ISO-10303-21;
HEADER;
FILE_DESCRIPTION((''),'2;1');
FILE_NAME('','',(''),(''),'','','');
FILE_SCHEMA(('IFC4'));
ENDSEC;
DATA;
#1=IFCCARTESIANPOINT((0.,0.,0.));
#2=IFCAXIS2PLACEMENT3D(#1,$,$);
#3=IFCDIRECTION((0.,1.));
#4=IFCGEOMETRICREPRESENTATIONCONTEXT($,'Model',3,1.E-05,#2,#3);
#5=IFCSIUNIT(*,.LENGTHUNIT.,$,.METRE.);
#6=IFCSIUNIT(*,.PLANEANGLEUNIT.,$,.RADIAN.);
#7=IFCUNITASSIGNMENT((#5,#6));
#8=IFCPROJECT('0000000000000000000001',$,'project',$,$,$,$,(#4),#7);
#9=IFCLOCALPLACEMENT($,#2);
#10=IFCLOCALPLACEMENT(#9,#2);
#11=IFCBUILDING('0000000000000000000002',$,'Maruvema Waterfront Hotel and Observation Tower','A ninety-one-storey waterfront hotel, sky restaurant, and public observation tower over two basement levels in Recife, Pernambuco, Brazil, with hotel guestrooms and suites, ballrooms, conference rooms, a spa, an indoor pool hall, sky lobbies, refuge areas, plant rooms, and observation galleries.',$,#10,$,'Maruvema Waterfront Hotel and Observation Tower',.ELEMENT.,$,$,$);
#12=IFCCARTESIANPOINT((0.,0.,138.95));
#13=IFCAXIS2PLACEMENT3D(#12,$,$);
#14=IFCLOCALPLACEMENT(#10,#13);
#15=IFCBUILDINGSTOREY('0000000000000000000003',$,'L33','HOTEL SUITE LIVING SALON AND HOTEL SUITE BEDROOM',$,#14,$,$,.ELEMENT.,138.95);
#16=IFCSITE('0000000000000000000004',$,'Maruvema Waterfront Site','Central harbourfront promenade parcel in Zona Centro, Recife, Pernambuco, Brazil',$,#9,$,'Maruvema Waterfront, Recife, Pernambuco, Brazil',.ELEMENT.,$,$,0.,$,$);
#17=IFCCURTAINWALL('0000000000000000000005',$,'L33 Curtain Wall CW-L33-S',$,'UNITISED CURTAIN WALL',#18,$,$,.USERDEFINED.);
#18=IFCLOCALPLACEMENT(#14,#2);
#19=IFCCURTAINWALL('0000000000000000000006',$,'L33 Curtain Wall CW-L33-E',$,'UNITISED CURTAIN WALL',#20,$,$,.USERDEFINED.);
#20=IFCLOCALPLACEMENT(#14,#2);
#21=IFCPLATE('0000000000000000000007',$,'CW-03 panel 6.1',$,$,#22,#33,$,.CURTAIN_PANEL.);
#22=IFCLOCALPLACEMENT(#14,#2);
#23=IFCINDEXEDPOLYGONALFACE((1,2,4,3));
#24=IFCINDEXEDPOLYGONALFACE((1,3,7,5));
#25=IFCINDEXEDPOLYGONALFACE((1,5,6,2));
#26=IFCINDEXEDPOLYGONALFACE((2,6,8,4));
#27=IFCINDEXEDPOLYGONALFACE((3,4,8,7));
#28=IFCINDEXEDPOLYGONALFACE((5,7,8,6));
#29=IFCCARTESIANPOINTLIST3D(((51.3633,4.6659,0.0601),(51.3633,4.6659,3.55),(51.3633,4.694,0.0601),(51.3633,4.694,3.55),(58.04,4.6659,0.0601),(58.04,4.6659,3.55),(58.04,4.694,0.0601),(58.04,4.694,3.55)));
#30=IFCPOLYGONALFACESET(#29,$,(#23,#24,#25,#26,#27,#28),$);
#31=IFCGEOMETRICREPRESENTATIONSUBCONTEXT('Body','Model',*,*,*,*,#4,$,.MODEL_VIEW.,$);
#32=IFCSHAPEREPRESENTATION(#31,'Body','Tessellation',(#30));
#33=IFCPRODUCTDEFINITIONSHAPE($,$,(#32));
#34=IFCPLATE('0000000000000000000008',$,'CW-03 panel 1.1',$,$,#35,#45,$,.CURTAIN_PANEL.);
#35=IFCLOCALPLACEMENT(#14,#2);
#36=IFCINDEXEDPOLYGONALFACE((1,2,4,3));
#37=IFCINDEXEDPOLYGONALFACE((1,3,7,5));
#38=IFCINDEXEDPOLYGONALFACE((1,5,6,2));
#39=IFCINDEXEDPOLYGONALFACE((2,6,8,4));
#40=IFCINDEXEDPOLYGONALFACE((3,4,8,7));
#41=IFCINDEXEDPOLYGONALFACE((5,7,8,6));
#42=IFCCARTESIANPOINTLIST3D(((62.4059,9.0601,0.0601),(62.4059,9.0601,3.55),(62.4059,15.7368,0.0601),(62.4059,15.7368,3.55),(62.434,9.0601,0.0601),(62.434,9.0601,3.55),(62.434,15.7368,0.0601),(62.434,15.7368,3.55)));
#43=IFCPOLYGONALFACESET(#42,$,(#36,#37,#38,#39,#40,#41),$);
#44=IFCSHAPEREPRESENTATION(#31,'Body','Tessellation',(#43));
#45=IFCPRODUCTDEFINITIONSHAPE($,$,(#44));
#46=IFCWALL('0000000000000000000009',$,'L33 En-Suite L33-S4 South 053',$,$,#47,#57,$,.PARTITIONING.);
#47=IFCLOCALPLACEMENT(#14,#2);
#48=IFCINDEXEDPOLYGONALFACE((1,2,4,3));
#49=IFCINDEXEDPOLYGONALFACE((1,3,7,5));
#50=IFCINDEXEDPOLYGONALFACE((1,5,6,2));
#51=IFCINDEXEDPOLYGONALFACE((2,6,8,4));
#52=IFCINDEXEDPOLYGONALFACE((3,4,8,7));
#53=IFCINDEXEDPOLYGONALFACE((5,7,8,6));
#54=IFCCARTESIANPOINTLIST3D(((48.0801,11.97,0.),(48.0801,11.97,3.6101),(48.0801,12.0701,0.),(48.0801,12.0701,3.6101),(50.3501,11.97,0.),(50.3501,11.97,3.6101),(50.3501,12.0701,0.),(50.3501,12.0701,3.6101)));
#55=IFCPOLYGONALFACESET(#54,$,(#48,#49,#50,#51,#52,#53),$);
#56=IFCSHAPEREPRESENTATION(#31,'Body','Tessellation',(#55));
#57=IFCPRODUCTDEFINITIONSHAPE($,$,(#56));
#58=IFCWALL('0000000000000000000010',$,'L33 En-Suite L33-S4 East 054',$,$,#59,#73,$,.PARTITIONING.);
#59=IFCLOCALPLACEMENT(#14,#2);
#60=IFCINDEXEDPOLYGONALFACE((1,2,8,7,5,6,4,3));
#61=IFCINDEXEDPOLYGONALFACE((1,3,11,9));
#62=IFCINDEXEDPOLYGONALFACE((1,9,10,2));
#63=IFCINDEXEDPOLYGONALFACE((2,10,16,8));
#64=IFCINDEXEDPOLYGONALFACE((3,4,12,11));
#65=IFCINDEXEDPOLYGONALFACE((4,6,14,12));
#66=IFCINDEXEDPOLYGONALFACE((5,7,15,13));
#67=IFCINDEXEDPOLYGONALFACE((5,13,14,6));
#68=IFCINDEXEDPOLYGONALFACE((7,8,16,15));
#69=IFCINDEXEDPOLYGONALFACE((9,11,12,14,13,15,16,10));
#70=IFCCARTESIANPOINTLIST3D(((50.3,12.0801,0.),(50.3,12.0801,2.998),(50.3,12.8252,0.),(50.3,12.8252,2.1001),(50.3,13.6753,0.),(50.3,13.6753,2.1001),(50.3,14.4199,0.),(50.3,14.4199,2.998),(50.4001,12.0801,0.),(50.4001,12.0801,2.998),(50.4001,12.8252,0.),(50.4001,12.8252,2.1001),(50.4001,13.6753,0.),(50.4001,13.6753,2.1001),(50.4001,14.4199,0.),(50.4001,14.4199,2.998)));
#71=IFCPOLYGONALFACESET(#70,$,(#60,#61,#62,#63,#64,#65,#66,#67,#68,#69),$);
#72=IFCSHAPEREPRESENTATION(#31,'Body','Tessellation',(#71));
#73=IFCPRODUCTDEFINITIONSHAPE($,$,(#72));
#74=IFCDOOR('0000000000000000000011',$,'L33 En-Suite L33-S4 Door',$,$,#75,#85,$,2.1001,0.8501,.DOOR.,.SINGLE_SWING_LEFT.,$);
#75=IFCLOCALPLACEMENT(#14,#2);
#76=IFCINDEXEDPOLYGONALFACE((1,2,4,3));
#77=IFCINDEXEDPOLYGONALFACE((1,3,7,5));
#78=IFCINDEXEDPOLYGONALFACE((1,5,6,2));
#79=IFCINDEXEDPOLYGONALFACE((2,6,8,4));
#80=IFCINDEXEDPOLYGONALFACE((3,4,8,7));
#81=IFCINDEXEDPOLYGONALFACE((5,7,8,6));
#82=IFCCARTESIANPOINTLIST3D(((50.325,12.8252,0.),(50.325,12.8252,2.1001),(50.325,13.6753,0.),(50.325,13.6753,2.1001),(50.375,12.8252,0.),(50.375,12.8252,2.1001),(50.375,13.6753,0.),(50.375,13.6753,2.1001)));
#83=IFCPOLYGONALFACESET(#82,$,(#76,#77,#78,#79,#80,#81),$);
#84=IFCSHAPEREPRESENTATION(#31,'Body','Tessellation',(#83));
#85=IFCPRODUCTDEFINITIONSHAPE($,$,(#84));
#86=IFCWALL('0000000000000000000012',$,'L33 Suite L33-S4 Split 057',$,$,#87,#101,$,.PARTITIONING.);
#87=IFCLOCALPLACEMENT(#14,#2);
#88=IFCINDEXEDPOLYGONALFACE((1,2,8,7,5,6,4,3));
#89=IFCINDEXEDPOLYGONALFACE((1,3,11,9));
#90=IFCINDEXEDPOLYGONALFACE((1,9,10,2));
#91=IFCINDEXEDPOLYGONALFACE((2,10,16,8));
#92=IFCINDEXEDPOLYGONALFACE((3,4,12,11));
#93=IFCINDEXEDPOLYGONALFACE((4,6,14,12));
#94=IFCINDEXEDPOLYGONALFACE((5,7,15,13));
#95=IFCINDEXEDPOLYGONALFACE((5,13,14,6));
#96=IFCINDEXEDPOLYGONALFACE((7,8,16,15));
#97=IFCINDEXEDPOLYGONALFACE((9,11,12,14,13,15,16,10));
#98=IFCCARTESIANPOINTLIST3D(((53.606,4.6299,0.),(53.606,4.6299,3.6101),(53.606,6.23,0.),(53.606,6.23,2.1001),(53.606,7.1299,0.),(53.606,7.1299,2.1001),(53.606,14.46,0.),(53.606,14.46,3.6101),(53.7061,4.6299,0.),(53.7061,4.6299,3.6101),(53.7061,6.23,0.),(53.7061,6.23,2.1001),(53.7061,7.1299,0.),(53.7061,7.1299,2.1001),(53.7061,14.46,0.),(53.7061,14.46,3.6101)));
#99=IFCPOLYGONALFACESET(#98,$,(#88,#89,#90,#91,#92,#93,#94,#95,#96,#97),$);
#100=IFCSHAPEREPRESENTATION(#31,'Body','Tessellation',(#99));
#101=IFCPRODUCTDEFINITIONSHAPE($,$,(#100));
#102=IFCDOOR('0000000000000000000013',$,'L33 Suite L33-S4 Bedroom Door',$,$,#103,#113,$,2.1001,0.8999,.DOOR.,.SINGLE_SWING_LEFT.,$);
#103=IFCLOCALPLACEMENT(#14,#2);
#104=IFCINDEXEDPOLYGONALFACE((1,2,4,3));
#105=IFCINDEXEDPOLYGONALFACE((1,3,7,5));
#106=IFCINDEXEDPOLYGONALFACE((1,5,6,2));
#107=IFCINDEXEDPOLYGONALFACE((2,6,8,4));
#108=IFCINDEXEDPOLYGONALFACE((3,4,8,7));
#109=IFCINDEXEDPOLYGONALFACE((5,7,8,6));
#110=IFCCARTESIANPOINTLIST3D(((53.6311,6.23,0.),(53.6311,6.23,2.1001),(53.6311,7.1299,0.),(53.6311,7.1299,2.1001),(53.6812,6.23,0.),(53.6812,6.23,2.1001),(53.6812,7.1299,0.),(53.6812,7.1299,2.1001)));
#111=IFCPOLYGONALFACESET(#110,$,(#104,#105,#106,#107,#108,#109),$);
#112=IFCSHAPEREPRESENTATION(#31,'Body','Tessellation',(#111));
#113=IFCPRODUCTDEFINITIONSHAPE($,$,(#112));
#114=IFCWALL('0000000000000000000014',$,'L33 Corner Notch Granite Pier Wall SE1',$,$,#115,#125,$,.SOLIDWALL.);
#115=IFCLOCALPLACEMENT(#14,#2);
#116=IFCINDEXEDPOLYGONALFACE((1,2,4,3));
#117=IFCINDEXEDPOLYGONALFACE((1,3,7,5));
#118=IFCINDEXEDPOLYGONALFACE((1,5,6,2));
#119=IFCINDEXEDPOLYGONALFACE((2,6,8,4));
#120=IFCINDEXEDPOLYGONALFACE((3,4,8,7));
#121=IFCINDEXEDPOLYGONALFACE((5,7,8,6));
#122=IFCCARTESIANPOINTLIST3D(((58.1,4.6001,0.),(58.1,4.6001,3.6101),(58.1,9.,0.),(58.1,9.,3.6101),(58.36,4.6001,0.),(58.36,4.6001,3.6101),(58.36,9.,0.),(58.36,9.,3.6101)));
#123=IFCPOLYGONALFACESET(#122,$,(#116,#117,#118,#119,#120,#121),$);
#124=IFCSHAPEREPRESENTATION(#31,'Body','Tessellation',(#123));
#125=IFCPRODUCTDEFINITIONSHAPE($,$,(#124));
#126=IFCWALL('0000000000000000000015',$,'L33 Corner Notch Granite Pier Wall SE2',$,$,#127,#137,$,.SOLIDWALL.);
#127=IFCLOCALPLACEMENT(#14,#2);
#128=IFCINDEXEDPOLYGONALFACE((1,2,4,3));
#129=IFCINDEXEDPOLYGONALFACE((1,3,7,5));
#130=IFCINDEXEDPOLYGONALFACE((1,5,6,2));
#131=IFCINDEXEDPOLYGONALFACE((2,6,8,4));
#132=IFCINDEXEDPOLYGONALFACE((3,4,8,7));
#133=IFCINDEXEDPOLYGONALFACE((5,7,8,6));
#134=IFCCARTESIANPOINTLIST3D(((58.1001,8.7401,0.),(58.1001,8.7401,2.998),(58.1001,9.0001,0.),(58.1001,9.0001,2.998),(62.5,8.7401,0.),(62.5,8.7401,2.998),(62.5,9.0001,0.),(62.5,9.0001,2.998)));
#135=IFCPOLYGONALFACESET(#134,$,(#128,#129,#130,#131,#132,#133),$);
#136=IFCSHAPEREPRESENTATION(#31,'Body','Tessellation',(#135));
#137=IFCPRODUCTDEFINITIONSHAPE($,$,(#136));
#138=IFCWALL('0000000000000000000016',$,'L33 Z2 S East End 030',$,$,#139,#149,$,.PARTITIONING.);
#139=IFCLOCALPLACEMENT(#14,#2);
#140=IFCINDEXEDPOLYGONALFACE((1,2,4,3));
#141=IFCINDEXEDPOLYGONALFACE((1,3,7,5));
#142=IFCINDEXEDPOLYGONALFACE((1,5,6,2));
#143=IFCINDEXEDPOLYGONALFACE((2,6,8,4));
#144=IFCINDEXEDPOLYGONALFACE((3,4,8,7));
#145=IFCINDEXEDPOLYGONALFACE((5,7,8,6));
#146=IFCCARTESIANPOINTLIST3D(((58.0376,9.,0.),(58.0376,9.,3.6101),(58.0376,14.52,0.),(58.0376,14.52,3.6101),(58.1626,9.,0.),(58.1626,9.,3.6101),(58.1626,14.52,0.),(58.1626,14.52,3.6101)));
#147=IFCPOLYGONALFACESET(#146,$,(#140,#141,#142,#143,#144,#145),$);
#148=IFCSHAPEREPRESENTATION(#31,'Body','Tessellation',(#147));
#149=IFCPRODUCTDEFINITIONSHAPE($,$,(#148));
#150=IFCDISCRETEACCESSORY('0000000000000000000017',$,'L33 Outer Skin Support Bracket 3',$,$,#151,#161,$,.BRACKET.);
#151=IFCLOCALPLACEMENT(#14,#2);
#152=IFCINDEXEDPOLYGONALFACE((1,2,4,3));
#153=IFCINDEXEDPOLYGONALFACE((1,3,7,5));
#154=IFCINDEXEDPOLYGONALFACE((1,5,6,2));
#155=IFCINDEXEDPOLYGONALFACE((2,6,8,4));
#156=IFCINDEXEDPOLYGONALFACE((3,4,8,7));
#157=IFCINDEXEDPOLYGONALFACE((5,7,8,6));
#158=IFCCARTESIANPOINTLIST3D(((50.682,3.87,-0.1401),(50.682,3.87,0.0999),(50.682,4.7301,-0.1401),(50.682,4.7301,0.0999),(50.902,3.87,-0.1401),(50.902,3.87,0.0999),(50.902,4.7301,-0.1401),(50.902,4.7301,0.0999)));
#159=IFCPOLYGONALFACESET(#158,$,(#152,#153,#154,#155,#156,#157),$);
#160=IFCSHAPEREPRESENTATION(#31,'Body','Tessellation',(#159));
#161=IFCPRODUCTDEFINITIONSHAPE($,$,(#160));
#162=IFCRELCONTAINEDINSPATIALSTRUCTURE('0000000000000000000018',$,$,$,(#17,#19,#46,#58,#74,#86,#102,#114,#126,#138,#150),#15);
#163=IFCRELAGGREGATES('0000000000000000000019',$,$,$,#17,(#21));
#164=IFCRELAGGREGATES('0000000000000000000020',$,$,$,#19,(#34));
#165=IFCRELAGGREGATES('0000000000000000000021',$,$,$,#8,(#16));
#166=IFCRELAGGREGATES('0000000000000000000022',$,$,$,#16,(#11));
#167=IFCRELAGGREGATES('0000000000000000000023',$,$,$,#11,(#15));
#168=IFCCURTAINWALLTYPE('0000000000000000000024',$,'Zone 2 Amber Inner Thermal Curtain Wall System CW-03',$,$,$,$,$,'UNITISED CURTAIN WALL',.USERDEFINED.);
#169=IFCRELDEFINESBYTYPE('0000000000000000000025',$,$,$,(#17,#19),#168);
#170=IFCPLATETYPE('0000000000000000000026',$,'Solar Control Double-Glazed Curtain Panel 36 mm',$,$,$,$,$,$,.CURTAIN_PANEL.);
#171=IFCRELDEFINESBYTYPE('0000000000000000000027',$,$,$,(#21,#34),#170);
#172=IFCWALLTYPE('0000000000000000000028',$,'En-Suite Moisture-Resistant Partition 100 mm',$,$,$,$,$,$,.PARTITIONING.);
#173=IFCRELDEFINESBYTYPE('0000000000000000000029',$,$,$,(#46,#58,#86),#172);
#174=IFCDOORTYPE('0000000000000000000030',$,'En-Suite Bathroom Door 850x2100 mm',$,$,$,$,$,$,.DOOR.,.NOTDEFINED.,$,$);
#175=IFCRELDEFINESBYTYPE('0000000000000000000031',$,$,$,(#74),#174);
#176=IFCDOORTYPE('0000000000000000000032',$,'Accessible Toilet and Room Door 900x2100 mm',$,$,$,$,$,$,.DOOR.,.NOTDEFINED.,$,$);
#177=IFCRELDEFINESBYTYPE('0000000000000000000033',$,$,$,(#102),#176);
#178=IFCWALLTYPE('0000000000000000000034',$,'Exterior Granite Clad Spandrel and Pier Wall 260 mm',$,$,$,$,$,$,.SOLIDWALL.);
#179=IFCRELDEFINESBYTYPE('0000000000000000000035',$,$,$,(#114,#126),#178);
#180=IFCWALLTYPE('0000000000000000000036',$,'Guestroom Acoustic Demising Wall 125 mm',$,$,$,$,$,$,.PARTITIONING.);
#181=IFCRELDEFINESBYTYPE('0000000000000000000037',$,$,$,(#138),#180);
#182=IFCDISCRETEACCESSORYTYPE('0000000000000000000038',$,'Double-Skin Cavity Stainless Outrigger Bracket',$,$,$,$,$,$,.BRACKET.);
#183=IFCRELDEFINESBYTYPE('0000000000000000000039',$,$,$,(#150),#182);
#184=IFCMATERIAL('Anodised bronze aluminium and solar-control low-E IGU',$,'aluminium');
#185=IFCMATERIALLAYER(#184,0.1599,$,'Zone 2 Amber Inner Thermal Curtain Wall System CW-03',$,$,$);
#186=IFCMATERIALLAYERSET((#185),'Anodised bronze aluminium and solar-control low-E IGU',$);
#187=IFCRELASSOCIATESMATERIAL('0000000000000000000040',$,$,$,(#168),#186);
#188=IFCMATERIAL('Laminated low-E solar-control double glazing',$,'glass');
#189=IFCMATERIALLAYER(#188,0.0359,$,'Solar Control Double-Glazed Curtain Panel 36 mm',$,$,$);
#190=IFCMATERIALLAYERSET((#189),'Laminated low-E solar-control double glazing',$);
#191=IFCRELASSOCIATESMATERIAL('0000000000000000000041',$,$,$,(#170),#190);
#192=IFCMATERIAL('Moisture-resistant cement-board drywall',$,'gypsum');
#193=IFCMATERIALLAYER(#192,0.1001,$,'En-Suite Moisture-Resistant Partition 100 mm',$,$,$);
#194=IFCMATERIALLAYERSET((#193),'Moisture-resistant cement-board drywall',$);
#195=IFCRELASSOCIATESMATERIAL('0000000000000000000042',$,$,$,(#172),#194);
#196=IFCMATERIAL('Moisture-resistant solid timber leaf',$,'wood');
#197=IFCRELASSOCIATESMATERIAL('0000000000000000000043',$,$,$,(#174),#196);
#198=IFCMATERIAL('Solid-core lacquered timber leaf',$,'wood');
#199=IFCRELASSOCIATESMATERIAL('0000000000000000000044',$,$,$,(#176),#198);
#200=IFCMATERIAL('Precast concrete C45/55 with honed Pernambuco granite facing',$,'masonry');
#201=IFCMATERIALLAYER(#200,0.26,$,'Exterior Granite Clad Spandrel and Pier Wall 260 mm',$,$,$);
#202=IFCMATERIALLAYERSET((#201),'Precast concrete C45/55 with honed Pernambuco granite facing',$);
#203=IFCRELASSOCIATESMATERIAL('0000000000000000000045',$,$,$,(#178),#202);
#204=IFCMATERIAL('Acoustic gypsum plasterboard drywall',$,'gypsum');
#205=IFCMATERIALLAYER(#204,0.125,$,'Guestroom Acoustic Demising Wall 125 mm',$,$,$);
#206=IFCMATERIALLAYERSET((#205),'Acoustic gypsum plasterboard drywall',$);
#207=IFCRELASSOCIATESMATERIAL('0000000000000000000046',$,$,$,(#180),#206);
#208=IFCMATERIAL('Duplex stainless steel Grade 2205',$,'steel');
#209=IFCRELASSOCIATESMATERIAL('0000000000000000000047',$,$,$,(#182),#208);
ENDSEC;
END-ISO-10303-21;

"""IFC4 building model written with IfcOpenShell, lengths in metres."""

from ifc_helpers import new_model, si_unit, direction, frame, frame_2d, origin, origin_2d, place, context, subcontext, project, spatial, rectangle, extrude, material, layer, layer_set, type_object, element, fill, aggregate, save


model = new_model("IFC4")

# Units and contexts
model_context = context("Model", 3, precision=1e-05, world=origin(), true_north=direction((0.0, 1.0)))
body_context = subcontext(model_context, "Body", "Model", "MODEL_VIEW")
ifc_project = project(units=[si_unit("LENGTHUNIT", "METRE"), si_unit("PLANEANGLEUNIT", "RADIAN")], contexts=[model_context])

# Site, building, storey
site_placement = place(None, origin())
site = spatial("IfcSite", under=ifc_project, at=site_placement, Name="Maruvema Waterfront Site", Description="Central harbourfront promenade parcel in Zona Centro, Recife, Pernambuco, Brazil", LongName="Maruvema Waterfront, Recife, Pernambuco, Brazil", CompositionType="ELEMENT", RefElevation=0.0)
building_placement = place(site_placement, origin())
building = spatial("IfcBuilding", under=site, at=building_placement, Name="Maruvema Waterfront Hotel and Observation Tower", Description="A ninety-one-storey waterfront hotel, sky restaurant, and public observation tower over two basement levels in Recife, Pernambuco, Brazil, with hotel guestrooms and suites, ballrooms, conference rooms, a spa, an indoor pool hall, sky lobbies, refuge areas, plant rooms, and observation galleries.", LongName="Maruvema Waterfront Hotel and Observation Tower", CompositionType="ELEMENT")
storey_placement = place(building_placement, frame((0.0, 0.0, 138.95)))
storey = spatial("IfcBuildingStorey", under=building, at=storey_placement, Name="L33", Description="HOTEL SUITE LIVING SALON AND HOTEL SUITE BEDROOM", CompositionType="ELEMENT", Elevation=138.95)

# Curtain walls
ifc_material_1 = material(Name="Anodised bronze aluminium and solar-control low-E IGU", Category="aluminium")
ifc_layer_1 = layer(ifc_material_1, 0.1599, Name="Zone 2 Amber Inner Thermal Curtain Wall System CW-03")
ifc_layer_set_1 = layer_set([ifc_layer_1], Name="Anodised bronze aluminium and solar-control low-E IGU")
curtain_wall_type = type_object("IfcCurtainWallType", Name="Zone 2 Amber Inner Thermal Curtain Wall System CW-03", ElementType="UNITISED CURTAIN WALL", PredefinedType="USERDEFINED", material=ifc_layer_set_1)
curtain_wall_1_placement = place(storey_placement, origin())
curtain_wall_1 = element("IfcCurtainWall", 1, at=curtain_wall_1_placement, inside=storey, type_object=curtain_wall_type, Name="L33 Curtain Wall CW-L33-S", ObjectType="UNITISED CURTAIN WALL", PredefinedType="USERDEFINED")
curtain_wall_2_placement = place(storey_placement, origin())
curtain_wall_2 = element("IfcCurtainWall", 2, at=curtain_wall_2_placement, inside=storey, type_object=curtain_wall_type, Name="L33 Curtain Wall CW-L33-E", ObjectType="UNITISED CURTAIN WALL", PredefinedType="USERDEFINED")

# Plates
ifc_material_2 = material(Name="Laminated low-E solar-control double glazing", Category="glass")
ifc_layer_2 = layer(ifc_material_2, 0.0359, Name="Solar Control Double-Glazed Curtain Panel 36 mm")
ifc_layer_set_2 = layer_set([ifc_layer_2], Name="Laminated low-E solar-control double glazing")
plate_type = type_object("IfcPlateType", Name="Solar Control Double-Glazed Curtain Panel 36 mm", PredefinedType="CURTAIN_PANEL", material=ifc_layer_set_2)
plate_1_placement = place(storey_placement, frame((54.7017, 4.6799, 0.0601), z_axis=(0.0, 0.0, 1.0), x_axis=(1.0, 0.0, 0.0)))
plate_1 = element("IfcPlate", 3, at=plate_1_placement, type_object=plate_type, Name="CW-03 panel 6.1", PredefinedType="CURTAIN_PANEL", context=body_context, shape_type="SweptSolid", body=[
    extrude(rectangle(XDim=6.6768, YDim=0.0281, at=origin_2d()), origin(), (0.0, 0.0, 1.0), 3.49),
])
aggregate(curtain_wall_1, [plate_1])
plate_2_placement = place(storey_placement, frame((62.4199, 12.3984, 0.0601), z_axis=(0.0, 0.0, 1.0), x_axis=(0.0, 1.0, 0.0)))
plate_2 = element("IfcPlate", 4, at=plate_2_placement, type_object=plate_type, Name="CW-03 panel 1.1", PredefinedType="CURTAIN_PANEL", context=body_context, shape_type="SweptSolid", body=[
    extrude(rectangle(XDim=6.6768, YDim=0.0281, at=origin_2d()), origin(), (0.0, 0.0, 1.0), 3.49),
])
aggregate(curtain_wall_2, [plate_2])

# Wall
ifc_material_3 = material(Name="Moisture-resistant cement-board drywall", Category="gypsum")
ifc_layer_3 = layer(ifc_material_3, 0.1001, Name="En-Suite Moisture-Resistant Partition 100 mm")
ifc_layer_set_3 = layer_set([ifc_layer_3], Name="Moisture-resistant cement-board drywall")
wall_type_1 = type_object("IfcWallType", Name="En-Suite Moisture-Resistant Partition 100 mm", PredefinedType="PARTITIONING", material=ifc_layer_set_3)
wall_1_placement = place(storey_placement, frame((48.0801, 12.02, 0.0), z_axis=(0.0, 0.0, 1.0), x_axis=(1.0, 0.0, 0.0)))
element("IfcWall", 5, at=wall_1_placement, inside=storey, type_object=wall_type_1, Name="L33 En-Suite L33-S4 South 053", PredefinedType="PARTITIONING", context=body_context, shape_type="SweptSolid", body=[
    extrude(rectangle(XDim=2.27, YDim=0.1001, at=frame_2d((1.135, 0.0))), origin(), (0.0, 0.0, 1.0), 3.6101),
])

# Walls, openings, doors
wall_2_placement = place(storey_placement, frame((50.3501, 12.0801, 0.0), z_axis=(0.0, 0.0, 1.0), x_axis=(0.0, 1.0, 0.0)))
wall_2 = element("IfcWall", 6, at=wall_2_placement, inside=storey, type_object=wall_type_1, Name="L33 En-Suite L33-S4 East 054", PredefinedType="PARTITIONING", context=body_context, shape_type="SweptSolid", body=[
    extrude(rectangle(XDim=2.3398, YDim=0.1001, at=frame_2d((1.1699, 0.0))), origin(), (0.0, 0.0, 1.0), 2.998),
])
opening_1_placement = place(wall_2_placement, frame((0.7451, 0.0, 0.0)))
opening_1 = element("IfcOpeningElement", 7, at=opening_1_placement, cuts=wall_2, PredefinedType="OPENING", context=body_context, shape_type="SweptSolid", body=[
    extrude(rectangle(XDim=0.8501, YDim=2.1001, at=frame_2d((0.425, 1.05))), frame((0.0, 0.0601, 0.0), z_axis=(0.0, -1.0, 0.0), x_axis=(1.0, 0.0, 0.0)), (0.0, 0.0, 1.0), 0.1201),
])
ifc_material_4 = material(Name="Moisture-resistant solid timber leaf", Category="wood")
door_type_1 = type_object("IfcDoorType", Name="En-Suite Bathroom Door 850x2100 mm", OperationType="NOTDEFINED", PredefinedType="DOOR", material=ifc_material_4)
door_1_placement = place(opening_1_placement, frame((0.8501, 0.0, 0.0), z_axis=(0.0, 0.0, 1.0), x_axis=(-1.0, 0.0, 0.0)))
door_1 = element("IfcDoor", 8, at=door_1_placement, inside=storey, type_object=door_type_1, Name="L33 En-Suite L33-S4 Door", OperationType="SINGLE_SWING_LEFT", OverallHeight=2.1001, OverallWidth=0.8501, PredefinedType="DOOR", context=body_context, shape_type="SweptSolid", body=[
    extrude(rectangle(XDim=0.8501, YDim=2.1001, at=frame_2d((0.425, 1.05))), frame((0.0, 0.0249, 0.0), z_axis=(0.0, -1.0, 0.0), x_axis=(1.0, 0.0, 0.0)), (0.0, 0.0, 1.0), 0.05),
])
fill(opening_1, door_1)
wall_3_placement = place(storey_placement, frame((53.656, 4.6299, 0.0), z_axis=(0.0, 0.0, 1.0), x_axis=(0.0, 1.0, 0.0)))
wall_3 = element("IfcWall", 9, at=wall_3_placement, inside=storey, type_object=wall_type_1, Name="L33 Suite L33-S4 Split 057", PredefinedType="PARTITIONING", context=body_context, shape_type="SweptSolid", body=[
    extrude(rectangle(XDim=9.8301, YDim=0.1001, at=frame_2d((4.915, 0.0))), origin(), (0.0, 0.0, 1.0), 3.6101),
])
opening_2_placement = place(wall_3_placement, frame((1.6001, 0.0, 0.0)))
opening_2 = element("IfcOpeningElement", 10, at=opening_2_placement, cuts=wall_3, PredefinedType="OPENING", context=body_context, shape_type="SweptSolid", body=[
    extrude(rectangle(XDim=0.8999, YDim=2.1001, at=frame_2d((0.45, 1.05))), frame((0.0, 0.0601, 0.0), z_axis=(0.0, -1.0, 0.0), x_axis=(1.0, 0.0, 0.0)), (0.0, 0.0, 1.0), 0.1201),
])
ifc_material_5 = material(Name="Solid-core lacquered timber leaf", Category="wood")
door_type_2 = type_object("IfcDoorType", Name="Accessible Toilet and Room Door 900x2100 mm", OperationType="NOTDEFINED", PredefinedType="DOOR", material=ifc_material_5)
door_2_placement = place(opening_2_placement, origin())
door_2 = element("IfcDoor", 11, at=door_2_placement, inside=storey, type_object=door_type_2, Name="L33 Suite L33-S4 Bedroom Door", OperationType="SINGLE_SWING_LEFT", OverallHeight=2.1001, OverallWidth=0.8999, PredefinedType="DOOR", context=body_context, shape_type="SweptSolid", body=[
    extrude(rectangle(XDim=0.8999, YDim=2.1001, at=frame_2d((0.45, 1.05))), frame((0.0, 0.0249, 0.0), z_axis=(0.0, -1.0, 0.0), x_axis=(1.0, 0.0, 0.0)), (0.0, 0.0, 1.0), 0.05),
])
fill(opening_2, door_2)

# Walls
ifc_material_6 = material(Name="Precast concrete C45/55 with honed Pernambuco granite facing", Category="masonry")
ifc_layer_4 = layer(ifc_material_6, 0.26, Name="Exterior Granite Clad Spandrel and Pier Wall 260 mm")
ifc_layer_set_4 = layer_set([ifc_layer_4], Name="Precast concrete C45/55 with honed Pernambuco granite facing")
wall_type_2 = type_object("IfcWallType", Name="Exterior Granite Clad Spandrel and Pier Wall 260 mm", PredefinedType="SOLIDWALL", material=ifc_layer_set_4)
wall_4_placement = place(storey_placement, frame((58.23, 9.0, 0.0), z_axis=(0.0, 0.0, 1.0), x_axis=(0.0, -1.0, 0.0)))
element("IfcWall", 12, at=wall_4_placement, inside=storey, type_object=wall_type_2, Name="L33 Corner Notch Granite Pier Wall SE1", PredefinedType="SOLIDWALL", context=body_context, shape_type="SweptSolid", body=[
    extrude(rectangle(XDim=4.3999, YDim=0.26, at=frame_2d((2.2, 0.0))), origin(), (0.0, 0.0, 1.0), 3.6101),
])
wall_5_placement = place(storey_placement, frame((62.5, 8.8701, 0.0), z_axis=(0.0, 0.0, 1.0), x_axis=(-1.0, 0.0, 0.0)))
element("IfcWall", 13, at=wall_5_placement, inside=storey, type_object=wall_type_2, Name="L33 Corner Notch Granite Pier Wall SE2", PredefinedType="SOLIDWALL", context=body_context, shape_type="SweptSolid", body=[
    extrude(rectangle(XDim=4.3999, YDim=0.26, at=frame_2d((2.2, 0.0))), origin(), (0.0, 0.0, 1.0), 2.998),
])
ifc_material_7 = material(Name="Acoustic gypsum plasterboard drywall", Category="gypsum")
ifc_layer_5 = layer(ifc_material_7, 0.125, Name="Guestroom Acoustic Demising Wall 125 mm")
ifc_layer_set_5 = layer_set([ifc_layer_5], Name="Acoustic gypsum plasterboard drywall")
wall_type_3 = type_object("IfcWallType", Name="Guestroom Acoustic Demising Wall 125 mm", PredefinedType="PARTITIONING", material=ifc_layer_set_5)
wall_6_placement = place(storey_placement, frame((58.1001, 9.0, 0.0), z_axis=(0.0, 0.0, 1.0), x_axis=(0.0, 1.0, 0.0)))
element("IfcWall", 14, at=wall_6_placement, inside=storey, type_object=wall_type_3, Name="L33 Z2 S East End 030", PredefinedType="PARTITIONING", context=body_context, shape_type="SweptSolid", body=[
    extrude(rectangle(XDim=5.52, YDim=0.125, at=frame_2d((2.76, 0.0))), origin(), (0.0, 0.0, 1.0), 3.6101),
])

# Discrete accessory
ifc_material_8 = material(Name="Duplex stainless steel Grade 2205", Category="steel")
discrete_accessory_type = type_object("IfcDiscreteAccessoryType", Name="Double-Skin Cavity Stainless Outrigger Bracket", PredefinedType="BRACKET", material=ifc_material_8)
discrete_accessory_placement = place(storey_placement, frame((50.792, 4.3, -0.1401), z_axis=(0.0, 0.0, 1.0), x_axis=(1.0, 0.0, 0.0)))
element("IfcDiscreteAccessory", 15, at=discrete_accessory_placement, inside=storey, type_object=discrete_accessory_type, Name="L33 Outer Skin Support Bracket 3", PredefinedType="BRACKET", context=body_context, shape_type="SweptSolid", body=[
    extrude(rectangle(XDim=0.22, YDim=0.8601, at=origin_2d()), origin(), (0.0, 0.0, 1.0), 0.24),
])

save(model, "model.ifc")
